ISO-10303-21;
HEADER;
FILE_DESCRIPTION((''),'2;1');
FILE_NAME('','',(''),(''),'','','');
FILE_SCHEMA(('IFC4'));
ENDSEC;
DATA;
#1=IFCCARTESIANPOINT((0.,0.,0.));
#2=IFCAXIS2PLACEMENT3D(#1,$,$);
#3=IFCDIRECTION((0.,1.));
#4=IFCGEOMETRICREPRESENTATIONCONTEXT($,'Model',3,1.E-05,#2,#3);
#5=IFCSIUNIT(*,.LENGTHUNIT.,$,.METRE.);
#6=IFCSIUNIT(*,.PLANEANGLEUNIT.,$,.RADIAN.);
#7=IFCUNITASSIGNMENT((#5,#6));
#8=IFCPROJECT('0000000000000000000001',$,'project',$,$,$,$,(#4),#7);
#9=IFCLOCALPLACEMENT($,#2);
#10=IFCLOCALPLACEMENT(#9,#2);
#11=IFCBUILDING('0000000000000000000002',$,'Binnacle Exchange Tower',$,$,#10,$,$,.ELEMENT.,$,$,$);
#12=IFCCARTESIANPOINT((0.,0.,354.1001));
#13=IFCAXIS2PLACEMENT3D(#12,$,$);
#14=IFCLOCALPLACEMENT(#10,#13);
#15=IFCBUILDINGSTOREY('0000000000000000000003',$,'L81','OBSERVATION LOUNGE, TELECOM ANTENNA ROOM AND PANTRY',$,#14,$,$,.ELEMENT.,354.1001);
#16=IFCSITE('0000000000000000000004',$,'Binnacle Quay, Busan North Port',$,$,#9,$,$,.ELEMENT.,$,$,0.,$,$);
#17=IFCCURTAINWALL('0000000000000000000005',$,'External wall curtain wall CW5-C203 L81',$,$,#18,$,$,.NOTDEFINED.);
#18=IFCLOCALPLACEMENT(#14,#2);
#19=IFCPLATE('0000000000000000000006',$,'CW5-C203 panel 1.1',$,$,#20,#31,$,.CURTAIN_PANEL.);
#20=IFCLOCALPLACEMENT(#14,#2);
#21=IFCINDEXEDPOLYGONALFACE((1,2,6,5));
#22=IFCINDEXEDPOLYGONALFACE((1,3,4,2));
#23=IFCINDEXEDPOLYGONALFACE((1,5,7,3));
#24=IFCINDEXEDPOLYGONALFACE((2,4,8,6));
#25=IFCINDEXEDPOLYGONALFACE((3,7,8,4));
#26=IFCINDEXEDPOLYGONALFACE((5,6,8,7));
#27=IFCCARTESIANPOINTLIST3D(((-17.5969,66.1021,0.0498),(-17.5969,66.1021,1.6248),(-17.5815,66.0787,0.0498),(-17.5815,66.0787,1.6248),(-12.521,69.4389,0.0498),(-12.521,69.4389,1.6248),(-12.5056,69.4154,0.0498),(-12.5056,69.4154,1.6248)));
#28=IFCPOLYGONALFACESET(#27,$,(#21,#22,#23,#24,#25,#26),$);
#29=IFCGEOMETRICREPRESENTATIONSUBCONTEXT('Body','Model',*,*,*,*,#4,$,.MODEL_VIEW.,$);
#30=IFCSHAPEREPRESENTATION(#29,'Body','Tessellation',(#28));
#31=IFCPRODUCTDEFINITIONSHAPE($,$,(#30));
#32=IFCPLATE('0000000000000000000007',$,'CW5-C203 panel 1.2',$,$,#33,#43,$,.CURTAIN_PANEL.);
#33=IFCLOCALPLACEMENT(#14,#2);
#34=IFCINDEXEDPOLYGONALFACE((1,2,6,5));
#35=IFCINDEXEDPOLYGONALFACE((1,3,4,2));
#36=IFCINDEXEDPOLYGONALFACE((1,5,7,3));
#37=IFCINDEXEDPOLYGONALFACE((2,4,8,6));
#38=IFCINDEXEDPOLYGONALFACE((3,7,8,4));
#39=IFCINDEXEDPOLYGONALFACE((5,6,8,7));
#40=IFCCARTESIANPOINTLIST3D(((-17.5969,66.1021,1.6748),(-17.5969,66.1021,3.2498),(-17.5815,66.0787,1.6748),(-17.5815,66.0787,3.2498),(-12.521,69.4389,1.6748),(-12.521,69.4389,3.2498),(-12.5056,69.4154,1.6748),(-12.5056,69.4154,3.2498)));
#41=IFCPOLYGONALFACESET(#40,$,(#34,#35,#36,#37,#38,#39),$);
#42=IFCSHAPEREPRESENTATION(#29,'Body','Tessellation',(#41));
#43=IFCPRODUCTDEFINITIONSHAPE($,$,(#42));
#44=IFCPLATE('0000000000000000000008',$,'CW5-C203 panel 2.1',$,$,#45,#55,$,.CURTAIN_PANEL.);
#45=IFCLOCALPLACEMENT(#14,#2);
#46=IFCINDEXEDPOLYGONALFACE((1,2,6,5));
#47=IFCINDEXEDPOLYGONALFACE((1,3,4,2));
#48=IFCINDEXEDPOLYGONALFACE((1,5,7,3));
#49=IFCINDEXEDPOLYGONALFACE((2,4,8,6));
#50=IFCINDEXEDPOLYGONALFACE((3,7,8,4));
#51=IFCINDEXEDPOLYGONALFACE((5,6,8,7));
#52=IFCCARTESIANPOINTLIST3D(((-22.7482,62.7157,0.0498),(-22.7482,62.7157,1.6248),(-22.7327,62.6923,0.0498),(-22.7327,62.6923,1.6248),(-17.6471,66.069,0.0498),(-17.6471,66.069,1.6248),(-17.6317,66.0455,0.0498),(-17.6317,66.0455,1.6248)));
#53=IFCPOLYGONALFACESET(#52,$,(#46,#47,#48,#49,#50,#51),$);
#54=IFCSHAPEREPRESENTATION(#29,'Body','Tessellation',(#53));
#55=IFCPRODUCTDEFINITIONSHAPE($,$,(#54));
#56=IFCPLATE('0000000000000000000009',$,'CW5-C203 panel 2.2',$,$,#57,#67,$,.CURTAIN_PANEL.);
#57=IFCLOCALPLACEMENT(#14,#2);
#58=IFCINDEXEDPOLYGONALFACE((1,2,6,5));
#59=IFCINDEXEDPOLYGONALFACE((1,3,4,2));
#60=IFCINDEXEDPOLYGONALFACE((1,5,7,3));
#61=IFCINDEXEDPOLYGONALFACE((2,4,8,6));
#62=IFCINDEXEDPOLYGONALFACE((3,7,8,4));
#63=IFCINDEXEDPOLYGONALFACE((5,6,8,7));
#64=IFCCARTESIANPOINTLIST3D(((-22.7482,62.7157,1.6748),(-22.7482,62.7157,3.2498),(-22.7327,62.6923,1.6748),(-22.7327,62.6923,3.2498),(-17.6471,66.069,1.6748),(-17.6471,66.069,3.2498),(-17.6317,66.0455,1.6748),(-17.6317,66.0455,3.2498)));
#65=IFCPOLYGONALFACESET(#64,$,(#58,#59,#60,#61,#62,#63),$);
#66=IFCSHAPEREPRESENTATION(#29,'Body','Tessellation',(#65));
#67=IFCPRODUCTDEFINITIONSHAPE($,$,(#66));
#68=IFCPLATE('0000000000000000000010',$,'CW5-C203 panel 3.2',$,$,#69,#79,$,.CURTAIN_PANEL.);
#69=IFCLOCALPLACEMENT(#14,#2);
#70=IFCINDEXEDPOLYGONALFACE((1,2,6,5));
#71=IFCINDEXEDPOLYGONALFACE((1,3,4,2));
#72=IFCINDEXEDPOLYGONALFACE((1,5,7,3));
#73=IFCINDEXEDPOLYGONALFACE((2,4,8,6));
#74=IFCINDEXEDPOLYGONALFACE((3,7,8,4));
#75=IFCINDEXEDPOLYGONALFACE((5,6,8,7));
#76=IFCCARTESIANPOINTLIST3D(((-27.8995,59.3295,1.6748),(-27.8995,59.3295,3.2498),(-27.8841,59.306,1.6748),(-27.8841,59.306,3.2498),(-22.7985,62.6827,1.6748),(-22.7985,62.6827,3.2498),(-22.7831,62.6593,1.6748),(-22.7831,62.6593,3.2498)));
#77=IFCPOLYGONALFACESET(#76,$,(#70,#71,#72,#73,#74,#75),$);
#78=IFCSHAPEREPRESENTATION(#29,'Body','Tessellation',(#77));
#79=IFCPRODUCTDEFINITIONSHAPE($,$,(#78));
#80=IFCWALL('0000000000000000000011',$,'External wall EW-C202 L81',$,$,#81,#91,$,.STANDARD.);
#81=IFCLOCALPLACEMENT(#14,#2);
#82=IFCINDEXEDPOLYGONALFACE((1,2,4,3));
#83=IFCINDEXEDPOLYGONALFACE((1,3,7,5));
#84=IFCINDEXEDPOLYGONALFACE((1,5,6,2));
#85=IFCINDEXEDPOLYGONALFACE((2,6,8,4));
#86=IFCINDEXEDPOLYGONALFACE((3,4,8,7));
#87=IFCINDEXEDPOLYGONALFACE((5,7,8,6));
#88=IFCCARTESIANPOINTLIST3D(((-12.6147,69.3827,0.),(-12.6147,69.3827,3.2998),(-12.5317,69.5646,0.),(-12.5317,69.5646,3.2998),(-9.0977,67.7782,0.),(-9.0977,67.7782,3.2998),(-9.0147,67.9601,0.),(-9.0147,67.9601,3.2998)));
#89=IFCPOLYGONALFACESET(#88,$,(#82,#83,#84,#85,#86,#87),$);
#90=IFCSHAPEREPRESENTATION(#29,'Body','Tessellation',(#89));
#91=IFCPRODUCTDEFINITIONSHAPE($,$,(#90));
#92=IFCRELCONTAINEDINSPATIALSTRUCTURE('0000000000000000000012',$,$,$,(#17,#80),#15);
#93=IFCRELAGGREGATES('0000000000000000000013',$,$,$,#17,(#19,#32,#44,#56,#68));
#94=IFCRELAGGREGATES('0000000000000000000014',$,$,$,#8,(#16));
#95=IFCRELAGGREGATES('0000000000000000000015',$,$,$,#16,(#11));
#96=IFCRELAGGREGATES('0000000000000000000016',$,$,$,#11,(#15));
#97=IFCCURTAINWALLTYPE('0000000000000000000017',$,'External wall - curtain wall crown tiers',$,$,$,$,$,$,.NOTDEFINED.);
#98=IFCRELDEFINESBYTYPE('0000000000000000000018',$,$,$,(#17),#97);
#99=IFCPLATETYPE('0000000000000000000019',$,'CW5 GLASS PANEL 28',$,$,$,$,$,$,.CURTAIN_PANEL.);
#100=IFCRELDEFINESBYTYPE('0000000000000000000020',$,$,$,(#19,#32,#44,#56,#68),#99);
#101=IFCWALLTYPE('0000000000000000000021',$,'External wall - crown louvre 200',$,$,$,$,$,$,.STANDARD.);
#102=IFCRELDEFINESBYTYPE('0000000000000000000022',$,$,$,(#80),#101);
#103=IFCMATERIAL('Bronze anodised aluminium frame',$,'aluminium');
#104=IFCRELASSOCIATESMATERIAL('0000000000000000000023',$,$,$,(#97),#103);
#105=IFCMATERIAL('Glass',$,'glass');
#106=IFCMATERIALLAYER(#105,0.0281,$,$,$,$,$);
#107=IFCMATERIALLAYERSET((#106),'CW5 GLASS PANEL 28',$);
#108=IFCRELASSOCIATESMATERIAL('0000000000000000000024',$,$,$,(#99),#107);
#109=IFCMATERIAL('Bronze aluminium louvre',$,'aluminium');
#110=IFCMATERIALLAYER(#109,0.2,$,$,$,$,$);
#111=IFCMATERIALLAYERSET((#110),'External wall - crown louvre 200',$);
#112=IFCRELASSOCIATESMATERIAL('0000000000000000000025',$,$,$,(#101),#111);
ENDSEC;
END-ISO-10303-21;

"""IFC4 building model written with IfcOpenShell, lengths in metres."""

from ifc_helpers import new_model, si_unit, direction, frame, frame_2d, origin, origin_2d, place, context, subcontext, project, spatial, rectangle, extrude, material, layer, layer_set, type_object, element, aggregate, save


model = new_model("IFC4")

# Units and contexts
model_context = context("Model", 3, precision=1e-05, world=origin(), true_north=direction((0.0, 1.0)))
body_context = subcontext(model_context, "Body", "Model", "MODEL_VIEW")
ifc_project = project(units=[si_unit("LENGTHUNIT", "METRE"), si_unit("PLANEANGLEUNIT", "RADIAN")], contexts=[model_context])

# Site, building, storey
site_placement = place(None, origin())
site = spatial("IfcSite", under=ifc_project, at=site_placement, Name="Binnacle Quay, Busan North Port", CompositionType="ELEMENT", RefElevation=0.0)
building_placement = place(site_placement, origin())
building = spatial("IfcBuilding", under=site, at=building_placement, Name="Binnacle Exchange Tower", CompositionType="ELEMENT")
storey_placement = place(building_placement, frame((0.0, 0.0, 354.1001)))
storey = spatial("IfcBuildingStorey", under=building, at=storey_placement, Name="L81", Description="OBSERVATION LOUNGE, TELECOM ANTENNA ROOM AND PANTRY", CompositionType="ELEMENT", Elevation=354.1001)

# Curtain wall
ifc_material_1 = material(Name="Bronze anodised aluminium frame", Category="aluminium")
curtain_wall_type = type_object("IfcCurtainWallType", Name="External wall - curtain wall crown tiers", PredefinedType="NOTDEFINED", material=ifc_material_1)
curtain_wall_placement = place(storey_placement, origin())
curtain_wall = element("IfcCurtainWall", 1, at=curtain_wall_placement, inside=storey, type_object=curtain_wall_type, Name="External wall curtain wall CW5-C203 L81", PredefinedType="NOTDEFINED")

# Plates
ifc_material_2 = material(Name="Glass", Category="glass")
ifc_layer_1 = layer(ifc_material_2, 0.0281)
ifc_layer_set_1 = layer_set([ifc_layer_1], Name="CW5 GLASS PANEL 28")
plate_type = type_object("IfcPlateType", Name="CW5 GLASS PANEL 28", PredefinedType="CURTAIN_PANEL", material=ifc_layer_set_1)
plate_1_placement = place(storey_placement, frame((-15.0513, 67.7588, 0.0498), z_axis=(0.0, 0.0, 1.0), x_axis=(-0.835618, -0.54931, 0.0)))
plate_1 = element("IfcPlate", 2, at=plate_1_placement, type_object=plate_type, Name="CW5-C203 panel 1.1", PredefinedType="CURTAIN_PANEL", context=body_context, shape_type="SweptSolid", body=[
    extrude(rectangle(XDim=6.0745, YDim=0.0281, at=origin_2d()), origin(), (0.0, 0.0, 1.0), 1.575),
])
plate_2_placement = place(storey_placement, frame((-15.0513, 67.7588, 1.6748), z_axis=(0.0, 0.0, 1.0), x_axis=(-0.835618, -0.54931, 0.0)))
plate_2 = element("IfcPlate", 3, at=plate_2_placement, type_object=plate_type, Name="CW5-C203 panel 1.2", PredefinedType="CURTAIN_PANEL", context=body_context, shape_type="SweptSolid", body=[
    extrude(rectangle(XDim=6.0745, YDim=0.0281, at=origin_2d()), origin(), (0.0, 0.0, 1.0), 1.575),
])
plate_3_placement = place(storey_placement, frame((-20.1899, 64.3806, 0.0498), z_axis=(0.0, 0.0, 1.0), x_axis=(-0.835618, -0.54931, 0.0)))
plate_3 = element("IfcPlate", 4, at=plate_3_placement, type_object=plate_type, Name="CW5-C203 panel 2.1", PredefinedType="CURTAIN_PANEL", context=body_context, shape_type="SweptSolid", body=[
    extrude(rectangle(XDim=6.1045, YDim=0.0281, at=origin_2d()), origin(), (0.0, 0.0, 1.0), 1.575),
])
plate_4_placement = place(storey_placement, frame((-20.1899, 64.3806, 1.6748), z_axis=(0.0, 0.0, 1.0), x_axis=(-0.835618, -0.54931, 0.0)))
plate_4 = element("IfcPlate", 5, at=plate_4_placement, type_object=plate_type, Name="CW5-C203 panel 2.2", PredefinedType="CURTAIN_PANEL", context=body_context, shape_type="SweptSolid", body=[
    extrude(rectangle(XDim=6.1045, YDim=0.0281, at=origin_2d()), origin(), (0.0, 0.0, 1.0), 1.575),
])
plate_5_placement = place(storey_placement, frame((-25.3413, 60.9944, 1.6748), z_axis=(0.0, 0.0, 1.0), x_axis=(-0.835618, -0.54931, 0.0)))
plate_5 = element("IfcPlate", 6, at=plate_5_placement, type_object=plate_type, Name="CW5-C203 panel 3.2", PredefinedType="CURTAIN_PANEL", context=body_context, shape_type="SweptSolid", body=[
    extrude(rectangle(XDim=6.1045, YDim=0.0281, at=origin_2d()), origin(), (0.0, 0.0, 1.0), 1.575),
])
aggregate(curtain_wall, [plate_1, plate_2, plate_3, plate_4, plate_5])

# Shared definitions
ifc_material_3 = material(Name="Bronze aluminium louvre", Category="aluminium")
ifc_layer_2 = layer(ifc_material_3, 0.2)
ifc_layer_set_2 = layer_set([ifc_layer_2], Name="External wall - crown louvre 200")
wall_type = type_object("IfcWallType", Name="External wall - crown louvre 200", PredefinedType="STANDARD", material=ifc_layer_set_2)

# Wall
wall_1_placement = place(storey_placement, frame((-12.5732, 69.4736, 0.0), z_axis=(0.0, 0.0, 1.0), x_axis=(0.909799, -0.415049, 0.0)))
element("IfcWall", 7, at=wall_1_placement, inside=storey, type_object=wall_type, Name="External wall EW-C202 L81", PredefinedType="STANDARD", context=body_context, shape_type="SweptSolid", body=[
    extrude(rectangle(XDim=3.8657, YDim=0.2, at=frame_2d((1.9329, 0.0))), origin(), (0.0, 0.0, 1.0), 3.2998),
])

save(model, "model.ifc")
